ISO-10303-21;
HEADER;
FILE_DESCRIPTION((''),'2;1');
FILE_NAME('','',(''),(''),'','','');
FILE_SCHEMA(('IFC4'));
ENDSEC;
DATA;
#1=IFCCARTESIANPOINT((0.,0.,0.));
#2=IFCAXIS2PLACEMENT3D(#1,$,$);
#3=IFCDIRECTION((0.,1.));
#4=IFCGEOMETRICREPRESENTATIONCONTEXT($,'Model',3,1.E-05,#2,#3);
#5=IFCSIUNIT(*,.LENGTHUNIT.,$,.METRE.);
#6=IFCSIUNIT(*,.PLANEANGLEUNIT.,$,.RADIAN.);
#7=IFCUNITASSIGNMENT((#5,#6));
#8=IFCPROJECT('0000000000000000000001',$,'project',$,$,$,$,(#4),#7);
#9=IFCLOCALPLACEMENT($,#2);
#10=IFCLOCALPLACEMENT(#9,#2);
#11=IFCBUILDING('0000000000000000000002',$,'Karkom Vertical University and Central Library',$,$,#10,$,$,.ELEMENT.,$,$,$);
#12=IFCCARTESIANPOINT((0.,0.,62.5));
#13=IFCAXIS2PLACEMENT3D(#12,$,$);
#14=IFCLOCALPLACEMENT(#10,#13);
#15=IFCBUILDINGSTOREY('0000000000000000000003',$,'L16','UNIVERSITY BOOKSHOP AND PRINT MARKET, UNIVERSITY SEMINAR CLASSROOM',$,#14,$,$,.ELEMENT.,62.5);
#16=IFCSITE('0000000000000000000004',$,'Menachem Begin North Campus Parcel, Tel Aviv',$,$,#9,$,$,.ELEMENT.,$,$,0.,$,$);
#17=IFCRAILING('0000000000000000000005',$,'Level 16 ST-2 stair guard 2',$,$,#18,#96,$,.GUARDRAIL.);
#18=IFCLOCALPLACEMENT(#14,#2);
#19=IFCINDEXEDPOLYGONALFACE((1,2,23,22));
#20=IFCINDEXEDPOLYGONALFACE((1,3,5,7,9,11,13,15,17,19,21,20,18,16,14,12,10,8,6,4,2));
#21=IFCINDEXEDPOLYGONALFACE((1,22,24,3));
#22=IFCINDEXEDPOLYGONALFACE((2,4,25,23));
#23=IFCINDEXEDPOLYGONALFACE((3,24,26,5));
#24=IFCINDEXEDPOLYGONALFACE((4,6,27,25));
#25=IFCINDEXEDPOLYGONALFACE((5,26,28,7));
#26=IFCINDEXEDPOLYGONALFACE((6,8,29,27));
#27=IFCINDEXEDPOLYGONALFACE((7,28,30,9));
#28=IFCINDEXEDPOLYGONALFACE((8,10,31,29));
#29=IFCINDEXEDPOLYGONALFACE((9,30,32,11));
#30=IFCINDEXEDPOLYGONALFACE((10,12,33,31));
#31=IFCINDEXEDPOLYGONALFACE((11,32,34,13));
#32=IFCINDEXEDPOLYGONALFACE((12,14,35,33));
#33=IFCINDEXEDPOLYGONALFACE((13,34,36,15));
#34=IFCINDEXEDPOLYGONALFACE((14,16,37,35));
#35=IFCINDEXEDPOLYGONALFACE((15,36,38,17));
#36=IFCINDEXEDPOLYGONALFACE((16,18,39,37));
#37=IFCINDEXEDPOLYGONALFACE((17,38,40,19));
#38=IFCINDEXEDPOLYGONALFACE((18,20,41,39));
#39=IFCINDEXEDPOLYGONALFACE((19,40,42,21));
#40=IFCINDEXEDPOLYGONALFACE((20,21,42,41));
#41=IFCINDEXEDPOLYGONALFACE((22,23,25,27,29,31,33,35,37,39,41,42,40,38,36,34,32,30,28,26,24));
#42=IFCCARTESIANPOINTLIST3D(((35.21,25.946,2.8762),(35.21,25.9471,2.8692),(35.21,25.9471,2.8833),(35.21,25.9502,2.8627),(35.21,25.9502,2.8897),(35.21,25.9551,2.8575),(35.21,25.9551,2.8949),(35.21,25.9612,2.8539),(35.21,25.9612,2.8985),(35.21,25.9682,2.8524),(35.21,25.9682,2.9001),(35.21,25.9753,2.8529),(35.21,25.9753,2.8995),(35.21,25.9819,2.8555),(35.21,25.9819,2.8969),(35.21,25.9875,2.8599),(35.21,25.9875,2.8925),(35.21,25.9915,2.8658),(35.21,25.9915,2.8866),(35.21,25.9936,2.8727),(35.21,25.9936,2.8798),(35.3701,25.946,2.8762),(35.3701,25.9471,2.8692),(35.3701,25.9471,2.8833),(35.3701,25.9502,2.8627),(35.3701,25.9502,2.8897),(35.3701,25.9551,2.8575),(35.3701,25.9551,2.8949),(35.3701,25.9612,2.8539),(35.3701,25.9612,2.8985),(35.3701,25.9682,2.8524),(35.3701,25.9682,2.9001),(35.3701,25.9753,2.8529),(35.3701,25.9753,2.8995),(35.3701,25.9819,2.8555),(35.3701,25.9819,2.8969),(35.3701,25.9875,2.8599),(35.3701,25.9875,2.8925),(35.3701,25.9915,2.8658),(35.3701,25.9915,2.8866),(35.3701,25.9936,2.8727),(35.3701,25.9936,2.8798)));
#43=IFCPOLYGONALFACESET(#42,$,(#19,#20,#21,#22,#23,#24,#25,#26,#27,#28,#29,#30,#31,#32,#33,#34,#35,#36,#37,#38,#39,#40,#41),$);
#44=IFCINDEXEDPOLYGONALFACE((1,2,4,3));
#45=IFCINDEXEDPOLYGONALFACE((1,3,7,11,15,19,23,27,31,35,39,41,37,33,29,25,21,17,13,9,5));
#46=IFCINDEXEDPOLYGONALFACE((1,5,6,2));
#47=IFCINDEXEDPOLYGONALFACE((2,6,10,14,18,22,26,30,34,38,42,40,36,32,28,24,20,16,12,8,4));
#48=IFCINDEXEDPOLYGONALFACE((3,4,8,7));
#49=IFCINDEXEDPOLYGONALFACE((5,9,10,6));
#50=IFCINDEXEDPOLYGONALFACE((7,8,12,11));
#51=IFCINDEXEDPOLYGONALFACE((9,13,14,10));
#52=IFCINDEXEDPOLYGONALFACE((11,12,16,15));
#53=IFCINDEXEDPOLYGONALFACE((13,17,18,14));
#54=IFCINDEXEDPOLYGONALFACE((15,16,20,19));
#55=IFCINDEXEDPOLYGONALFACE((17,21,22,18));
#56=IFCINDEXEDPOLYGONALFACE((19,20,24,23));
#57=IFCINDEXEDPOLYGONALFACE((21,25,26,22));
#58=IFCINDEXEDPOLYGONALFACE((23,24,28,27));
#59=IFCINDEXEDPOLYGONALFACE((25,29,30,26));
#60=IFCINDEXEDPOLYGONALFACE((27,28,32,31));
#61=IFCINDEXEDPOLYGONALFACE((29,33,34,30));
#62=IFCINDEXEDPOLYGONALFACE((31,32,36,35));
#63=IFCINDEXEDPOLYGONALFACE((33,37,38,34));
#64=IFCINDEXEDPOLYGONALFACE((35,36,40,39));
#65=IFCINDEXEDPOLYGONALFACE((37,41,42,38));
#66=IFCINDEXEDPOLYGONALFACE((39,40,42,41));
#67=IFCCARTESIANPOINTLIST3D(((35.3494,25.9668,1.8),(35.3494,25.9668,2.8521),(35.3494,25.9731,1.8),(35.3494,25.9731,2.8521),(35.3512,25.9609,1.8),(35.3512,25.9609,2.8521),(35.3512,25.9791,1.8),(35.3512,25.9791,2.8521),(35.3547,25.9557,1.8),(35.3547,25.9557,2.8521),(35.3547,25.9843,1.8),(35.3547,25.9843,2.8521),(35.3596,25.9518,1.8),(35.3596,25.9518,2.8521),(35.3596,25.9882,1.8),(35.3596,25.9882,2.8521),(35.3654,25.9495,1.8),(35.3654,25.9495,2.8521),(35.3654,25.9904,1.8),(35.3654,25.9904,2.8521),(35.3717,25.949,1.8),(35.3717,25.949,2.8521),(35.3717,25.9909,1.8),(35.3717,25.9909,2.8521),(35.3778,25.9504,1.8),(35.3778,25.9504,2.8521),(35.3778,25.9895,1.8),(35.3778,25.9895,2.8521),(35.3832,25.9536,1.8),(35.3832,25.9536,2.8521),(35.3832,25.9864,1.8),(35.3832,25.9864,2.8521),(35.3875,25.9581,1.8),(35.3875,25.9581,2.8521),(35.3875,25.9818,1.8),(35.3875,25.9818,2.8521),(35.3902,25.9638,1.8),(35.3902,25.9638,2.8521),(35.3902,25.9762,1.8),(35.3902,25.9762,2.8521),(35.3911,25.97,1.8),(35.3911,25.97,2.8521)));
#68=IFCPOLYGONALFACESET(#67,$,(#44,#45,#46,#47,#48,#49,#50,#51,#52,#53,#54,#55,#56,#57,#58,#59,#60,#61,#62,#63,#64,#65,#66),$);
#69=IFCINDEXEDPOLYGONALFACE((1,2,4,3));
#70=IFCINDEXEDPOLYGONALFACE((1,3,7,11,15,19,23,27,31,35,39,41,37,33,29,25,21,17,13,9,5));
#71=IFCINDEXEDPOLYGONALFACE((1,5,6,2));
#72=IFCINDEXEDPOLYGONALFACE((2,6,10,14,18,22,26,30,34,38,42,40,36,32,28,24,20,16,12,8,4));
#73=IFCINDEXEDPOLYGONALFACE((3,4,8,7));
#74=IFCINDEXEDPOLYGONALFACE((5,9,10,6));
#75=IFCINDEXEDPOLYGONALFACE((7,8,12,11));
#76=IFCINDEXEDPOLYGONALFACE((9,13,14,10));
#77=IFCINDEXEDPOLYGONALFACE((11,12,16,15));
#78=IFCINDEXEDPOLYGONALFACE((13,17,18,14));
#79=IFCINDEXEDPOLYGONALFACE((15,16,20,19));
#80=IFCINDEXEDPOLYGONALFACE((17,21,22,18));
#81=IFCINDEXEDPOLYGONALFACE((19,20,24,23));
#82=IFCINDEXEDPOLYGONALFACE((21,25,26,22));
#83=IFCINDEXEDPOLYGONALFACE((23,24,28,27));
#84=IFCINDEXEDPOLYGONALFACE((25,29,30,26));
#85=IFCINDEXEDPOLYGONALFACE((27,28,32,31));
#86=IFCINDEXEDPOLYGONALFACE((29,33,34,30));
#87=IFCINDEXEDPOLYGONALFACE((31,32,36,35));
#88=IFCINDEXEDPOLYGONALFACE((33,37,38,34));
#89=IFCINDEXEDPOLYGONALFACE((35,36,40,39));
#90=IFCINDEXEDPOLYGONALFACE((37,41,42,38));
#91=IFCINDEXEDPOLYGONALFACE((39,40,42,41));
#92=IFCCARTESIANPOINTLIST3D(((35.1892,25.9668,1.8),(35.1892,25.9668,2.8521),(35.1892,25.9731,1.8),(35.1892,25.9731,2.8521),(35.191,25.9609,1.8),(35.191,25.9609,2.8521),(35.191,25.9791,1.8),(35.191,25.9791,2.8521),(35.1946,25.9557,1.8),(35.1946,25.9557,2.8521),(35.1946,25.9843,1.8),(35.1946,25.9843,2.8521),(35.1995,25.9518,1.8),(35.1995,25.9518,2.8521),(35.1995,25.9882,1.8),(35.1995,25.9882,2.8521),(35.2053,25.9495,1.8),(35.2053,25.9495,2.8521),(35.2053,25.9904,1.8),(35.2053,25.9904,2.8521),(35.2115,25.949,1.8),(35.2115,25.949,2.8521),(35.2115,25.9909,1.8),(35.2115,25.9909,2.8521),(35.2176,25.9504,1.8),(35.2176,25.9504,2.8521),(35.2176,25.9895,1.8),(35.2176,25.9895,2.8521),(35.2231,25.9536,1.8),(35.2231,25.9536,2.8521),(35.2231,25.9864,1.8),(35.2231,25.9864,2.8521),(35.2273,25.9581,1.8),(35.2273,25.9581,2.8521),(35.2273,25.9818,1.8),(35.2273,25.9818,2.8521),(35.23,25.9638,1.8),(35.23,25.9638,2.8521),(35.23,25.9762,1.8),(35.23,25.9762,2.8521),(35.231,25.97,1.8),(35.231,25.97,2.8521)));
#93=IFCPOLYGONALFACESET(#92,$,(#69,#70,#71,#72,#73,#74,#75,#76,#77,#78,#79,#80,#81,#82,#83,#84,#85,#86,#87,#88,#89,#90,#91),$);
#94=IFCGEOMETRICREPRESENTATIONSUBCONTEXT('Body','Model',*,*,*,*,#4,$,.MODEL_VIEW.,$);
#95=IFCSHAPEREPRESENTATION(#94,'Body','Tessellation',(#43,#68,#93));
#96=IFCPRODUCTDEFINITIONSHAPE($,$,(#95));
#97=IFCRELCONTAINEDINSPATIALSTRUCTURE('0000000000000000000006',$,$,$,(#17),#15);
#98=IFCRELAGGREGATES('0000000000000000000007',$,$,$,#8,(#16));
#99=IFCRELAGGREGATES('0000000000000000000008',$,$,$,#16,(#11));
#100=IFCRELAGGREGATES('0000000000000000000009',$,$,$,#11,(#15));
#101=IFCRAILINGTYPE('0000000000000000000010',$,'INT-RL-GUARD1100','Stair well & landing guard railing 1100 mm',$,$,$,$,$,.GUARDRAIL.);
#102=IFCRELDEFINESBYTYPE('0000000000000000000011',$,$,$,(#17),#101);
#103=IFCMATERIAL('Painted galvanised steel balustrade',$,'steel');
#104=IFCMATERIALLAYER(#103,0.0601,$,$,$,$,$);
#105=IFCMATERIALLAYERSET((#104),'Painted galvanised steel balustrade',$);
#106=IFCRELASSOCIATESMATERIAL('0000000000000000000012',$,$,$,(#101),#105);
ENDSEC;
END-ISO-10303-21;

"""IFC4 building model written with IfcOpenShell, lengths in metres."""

from ifc_helpers import new_model, si_unit, direction, frame, origin, origin_2d, place, context, subcontext, project, spatial, circle, extrude, material, layer, layer_set, type_object, element, save


model = new_model("IFC4")

# Units and contexts
model_context = context("Model", 3, precision=1e-05, world=origin(), true_north=direction((0.0, 1.0)))
body_context = subcontext(model_context, "Body", "Model", "MODEL_VIEW")
ifc_project = project(units=[si_unit("LENGTHUNIT", "METRE"), si_unit("PLANEANGLEUNIT", "RADIAN")], contexts=[model_context])

# Site, building, storey
site_placement = place(None, origin())
site = spatial("IfcSite", under=ifc_project, at=site_placement, Name="Menachem Begin North Campus Parcel, Tel Aviv", CompositionType="ELEMENT", RefElevation=0.0)
building_placement = place(site_placement, origin())
building = spatial("IfcBuilding", under=site, at=building_placement, Name="Karkom Vertical University and Central Library", CompositionType="ELEMENT")
storey_placement = place(building_placement, frame((0.0, 0.0, 62.5)))
storey = spatial("IfcBuildingStorey", under=building, at=storey_placement, Name="L16", Description="UNIVERSITY BOOKSHOP AND PRINT MARKET, UNIVERSITY SEMINAR CLASSROOM", CompositionType="ELEMENT", Elevation=62.5)

# Railing
ifc_material_1 = material(Name="Painted galvanised steel balustrade", Category="steel")
ifc_layer_1 = layer(ifc_material_1, 0.0601)
ifc_layer_set_1 = layer_set([ifc_layer_1], Name="Painted galvanised steel balustrade")
railing_type_1 = type_object("IfcRailingType", Name="INT-RL-GUARD1100", Description="Stair well & landing guard railing 1100 mm", PredefinedType="GUARDRAIL", material=ifc_layer_set_1)
railing_1_placement = place(storey_placement, frame((35.3701, 25.97, 1.8)))
element("IfcRailing", 1, at=railing_1_placement, inside=storey, type_object=railing_type_1, Name="Level 16 ST-2 stair guard 2", PredefinedType="GUARDRAIL", context=body_context, shape_type="SweptSolid", body=[
    extrude(circle(Radius=0.0239, at=origin_2d()), frame((0.0, 0.0, 1.0762), z_axis=(-1.0, 0.0, 0.0), x_axis=(0.0, -1.0, 0.0)), (0.0, 0.0, 1.0), 0.1602),
    extrude(circle(Radius=0.021, at=origin_2d()), origin(), (0.0, 0.0, 1.0), 1.052),
    extrude(circle(Radius=0.021, at=origin_2d()), frame((-0.1602, 0.0, 0.0)), (0.0, 0.0, 1.0), 1.052),
])

save(model, "model.ifc")
